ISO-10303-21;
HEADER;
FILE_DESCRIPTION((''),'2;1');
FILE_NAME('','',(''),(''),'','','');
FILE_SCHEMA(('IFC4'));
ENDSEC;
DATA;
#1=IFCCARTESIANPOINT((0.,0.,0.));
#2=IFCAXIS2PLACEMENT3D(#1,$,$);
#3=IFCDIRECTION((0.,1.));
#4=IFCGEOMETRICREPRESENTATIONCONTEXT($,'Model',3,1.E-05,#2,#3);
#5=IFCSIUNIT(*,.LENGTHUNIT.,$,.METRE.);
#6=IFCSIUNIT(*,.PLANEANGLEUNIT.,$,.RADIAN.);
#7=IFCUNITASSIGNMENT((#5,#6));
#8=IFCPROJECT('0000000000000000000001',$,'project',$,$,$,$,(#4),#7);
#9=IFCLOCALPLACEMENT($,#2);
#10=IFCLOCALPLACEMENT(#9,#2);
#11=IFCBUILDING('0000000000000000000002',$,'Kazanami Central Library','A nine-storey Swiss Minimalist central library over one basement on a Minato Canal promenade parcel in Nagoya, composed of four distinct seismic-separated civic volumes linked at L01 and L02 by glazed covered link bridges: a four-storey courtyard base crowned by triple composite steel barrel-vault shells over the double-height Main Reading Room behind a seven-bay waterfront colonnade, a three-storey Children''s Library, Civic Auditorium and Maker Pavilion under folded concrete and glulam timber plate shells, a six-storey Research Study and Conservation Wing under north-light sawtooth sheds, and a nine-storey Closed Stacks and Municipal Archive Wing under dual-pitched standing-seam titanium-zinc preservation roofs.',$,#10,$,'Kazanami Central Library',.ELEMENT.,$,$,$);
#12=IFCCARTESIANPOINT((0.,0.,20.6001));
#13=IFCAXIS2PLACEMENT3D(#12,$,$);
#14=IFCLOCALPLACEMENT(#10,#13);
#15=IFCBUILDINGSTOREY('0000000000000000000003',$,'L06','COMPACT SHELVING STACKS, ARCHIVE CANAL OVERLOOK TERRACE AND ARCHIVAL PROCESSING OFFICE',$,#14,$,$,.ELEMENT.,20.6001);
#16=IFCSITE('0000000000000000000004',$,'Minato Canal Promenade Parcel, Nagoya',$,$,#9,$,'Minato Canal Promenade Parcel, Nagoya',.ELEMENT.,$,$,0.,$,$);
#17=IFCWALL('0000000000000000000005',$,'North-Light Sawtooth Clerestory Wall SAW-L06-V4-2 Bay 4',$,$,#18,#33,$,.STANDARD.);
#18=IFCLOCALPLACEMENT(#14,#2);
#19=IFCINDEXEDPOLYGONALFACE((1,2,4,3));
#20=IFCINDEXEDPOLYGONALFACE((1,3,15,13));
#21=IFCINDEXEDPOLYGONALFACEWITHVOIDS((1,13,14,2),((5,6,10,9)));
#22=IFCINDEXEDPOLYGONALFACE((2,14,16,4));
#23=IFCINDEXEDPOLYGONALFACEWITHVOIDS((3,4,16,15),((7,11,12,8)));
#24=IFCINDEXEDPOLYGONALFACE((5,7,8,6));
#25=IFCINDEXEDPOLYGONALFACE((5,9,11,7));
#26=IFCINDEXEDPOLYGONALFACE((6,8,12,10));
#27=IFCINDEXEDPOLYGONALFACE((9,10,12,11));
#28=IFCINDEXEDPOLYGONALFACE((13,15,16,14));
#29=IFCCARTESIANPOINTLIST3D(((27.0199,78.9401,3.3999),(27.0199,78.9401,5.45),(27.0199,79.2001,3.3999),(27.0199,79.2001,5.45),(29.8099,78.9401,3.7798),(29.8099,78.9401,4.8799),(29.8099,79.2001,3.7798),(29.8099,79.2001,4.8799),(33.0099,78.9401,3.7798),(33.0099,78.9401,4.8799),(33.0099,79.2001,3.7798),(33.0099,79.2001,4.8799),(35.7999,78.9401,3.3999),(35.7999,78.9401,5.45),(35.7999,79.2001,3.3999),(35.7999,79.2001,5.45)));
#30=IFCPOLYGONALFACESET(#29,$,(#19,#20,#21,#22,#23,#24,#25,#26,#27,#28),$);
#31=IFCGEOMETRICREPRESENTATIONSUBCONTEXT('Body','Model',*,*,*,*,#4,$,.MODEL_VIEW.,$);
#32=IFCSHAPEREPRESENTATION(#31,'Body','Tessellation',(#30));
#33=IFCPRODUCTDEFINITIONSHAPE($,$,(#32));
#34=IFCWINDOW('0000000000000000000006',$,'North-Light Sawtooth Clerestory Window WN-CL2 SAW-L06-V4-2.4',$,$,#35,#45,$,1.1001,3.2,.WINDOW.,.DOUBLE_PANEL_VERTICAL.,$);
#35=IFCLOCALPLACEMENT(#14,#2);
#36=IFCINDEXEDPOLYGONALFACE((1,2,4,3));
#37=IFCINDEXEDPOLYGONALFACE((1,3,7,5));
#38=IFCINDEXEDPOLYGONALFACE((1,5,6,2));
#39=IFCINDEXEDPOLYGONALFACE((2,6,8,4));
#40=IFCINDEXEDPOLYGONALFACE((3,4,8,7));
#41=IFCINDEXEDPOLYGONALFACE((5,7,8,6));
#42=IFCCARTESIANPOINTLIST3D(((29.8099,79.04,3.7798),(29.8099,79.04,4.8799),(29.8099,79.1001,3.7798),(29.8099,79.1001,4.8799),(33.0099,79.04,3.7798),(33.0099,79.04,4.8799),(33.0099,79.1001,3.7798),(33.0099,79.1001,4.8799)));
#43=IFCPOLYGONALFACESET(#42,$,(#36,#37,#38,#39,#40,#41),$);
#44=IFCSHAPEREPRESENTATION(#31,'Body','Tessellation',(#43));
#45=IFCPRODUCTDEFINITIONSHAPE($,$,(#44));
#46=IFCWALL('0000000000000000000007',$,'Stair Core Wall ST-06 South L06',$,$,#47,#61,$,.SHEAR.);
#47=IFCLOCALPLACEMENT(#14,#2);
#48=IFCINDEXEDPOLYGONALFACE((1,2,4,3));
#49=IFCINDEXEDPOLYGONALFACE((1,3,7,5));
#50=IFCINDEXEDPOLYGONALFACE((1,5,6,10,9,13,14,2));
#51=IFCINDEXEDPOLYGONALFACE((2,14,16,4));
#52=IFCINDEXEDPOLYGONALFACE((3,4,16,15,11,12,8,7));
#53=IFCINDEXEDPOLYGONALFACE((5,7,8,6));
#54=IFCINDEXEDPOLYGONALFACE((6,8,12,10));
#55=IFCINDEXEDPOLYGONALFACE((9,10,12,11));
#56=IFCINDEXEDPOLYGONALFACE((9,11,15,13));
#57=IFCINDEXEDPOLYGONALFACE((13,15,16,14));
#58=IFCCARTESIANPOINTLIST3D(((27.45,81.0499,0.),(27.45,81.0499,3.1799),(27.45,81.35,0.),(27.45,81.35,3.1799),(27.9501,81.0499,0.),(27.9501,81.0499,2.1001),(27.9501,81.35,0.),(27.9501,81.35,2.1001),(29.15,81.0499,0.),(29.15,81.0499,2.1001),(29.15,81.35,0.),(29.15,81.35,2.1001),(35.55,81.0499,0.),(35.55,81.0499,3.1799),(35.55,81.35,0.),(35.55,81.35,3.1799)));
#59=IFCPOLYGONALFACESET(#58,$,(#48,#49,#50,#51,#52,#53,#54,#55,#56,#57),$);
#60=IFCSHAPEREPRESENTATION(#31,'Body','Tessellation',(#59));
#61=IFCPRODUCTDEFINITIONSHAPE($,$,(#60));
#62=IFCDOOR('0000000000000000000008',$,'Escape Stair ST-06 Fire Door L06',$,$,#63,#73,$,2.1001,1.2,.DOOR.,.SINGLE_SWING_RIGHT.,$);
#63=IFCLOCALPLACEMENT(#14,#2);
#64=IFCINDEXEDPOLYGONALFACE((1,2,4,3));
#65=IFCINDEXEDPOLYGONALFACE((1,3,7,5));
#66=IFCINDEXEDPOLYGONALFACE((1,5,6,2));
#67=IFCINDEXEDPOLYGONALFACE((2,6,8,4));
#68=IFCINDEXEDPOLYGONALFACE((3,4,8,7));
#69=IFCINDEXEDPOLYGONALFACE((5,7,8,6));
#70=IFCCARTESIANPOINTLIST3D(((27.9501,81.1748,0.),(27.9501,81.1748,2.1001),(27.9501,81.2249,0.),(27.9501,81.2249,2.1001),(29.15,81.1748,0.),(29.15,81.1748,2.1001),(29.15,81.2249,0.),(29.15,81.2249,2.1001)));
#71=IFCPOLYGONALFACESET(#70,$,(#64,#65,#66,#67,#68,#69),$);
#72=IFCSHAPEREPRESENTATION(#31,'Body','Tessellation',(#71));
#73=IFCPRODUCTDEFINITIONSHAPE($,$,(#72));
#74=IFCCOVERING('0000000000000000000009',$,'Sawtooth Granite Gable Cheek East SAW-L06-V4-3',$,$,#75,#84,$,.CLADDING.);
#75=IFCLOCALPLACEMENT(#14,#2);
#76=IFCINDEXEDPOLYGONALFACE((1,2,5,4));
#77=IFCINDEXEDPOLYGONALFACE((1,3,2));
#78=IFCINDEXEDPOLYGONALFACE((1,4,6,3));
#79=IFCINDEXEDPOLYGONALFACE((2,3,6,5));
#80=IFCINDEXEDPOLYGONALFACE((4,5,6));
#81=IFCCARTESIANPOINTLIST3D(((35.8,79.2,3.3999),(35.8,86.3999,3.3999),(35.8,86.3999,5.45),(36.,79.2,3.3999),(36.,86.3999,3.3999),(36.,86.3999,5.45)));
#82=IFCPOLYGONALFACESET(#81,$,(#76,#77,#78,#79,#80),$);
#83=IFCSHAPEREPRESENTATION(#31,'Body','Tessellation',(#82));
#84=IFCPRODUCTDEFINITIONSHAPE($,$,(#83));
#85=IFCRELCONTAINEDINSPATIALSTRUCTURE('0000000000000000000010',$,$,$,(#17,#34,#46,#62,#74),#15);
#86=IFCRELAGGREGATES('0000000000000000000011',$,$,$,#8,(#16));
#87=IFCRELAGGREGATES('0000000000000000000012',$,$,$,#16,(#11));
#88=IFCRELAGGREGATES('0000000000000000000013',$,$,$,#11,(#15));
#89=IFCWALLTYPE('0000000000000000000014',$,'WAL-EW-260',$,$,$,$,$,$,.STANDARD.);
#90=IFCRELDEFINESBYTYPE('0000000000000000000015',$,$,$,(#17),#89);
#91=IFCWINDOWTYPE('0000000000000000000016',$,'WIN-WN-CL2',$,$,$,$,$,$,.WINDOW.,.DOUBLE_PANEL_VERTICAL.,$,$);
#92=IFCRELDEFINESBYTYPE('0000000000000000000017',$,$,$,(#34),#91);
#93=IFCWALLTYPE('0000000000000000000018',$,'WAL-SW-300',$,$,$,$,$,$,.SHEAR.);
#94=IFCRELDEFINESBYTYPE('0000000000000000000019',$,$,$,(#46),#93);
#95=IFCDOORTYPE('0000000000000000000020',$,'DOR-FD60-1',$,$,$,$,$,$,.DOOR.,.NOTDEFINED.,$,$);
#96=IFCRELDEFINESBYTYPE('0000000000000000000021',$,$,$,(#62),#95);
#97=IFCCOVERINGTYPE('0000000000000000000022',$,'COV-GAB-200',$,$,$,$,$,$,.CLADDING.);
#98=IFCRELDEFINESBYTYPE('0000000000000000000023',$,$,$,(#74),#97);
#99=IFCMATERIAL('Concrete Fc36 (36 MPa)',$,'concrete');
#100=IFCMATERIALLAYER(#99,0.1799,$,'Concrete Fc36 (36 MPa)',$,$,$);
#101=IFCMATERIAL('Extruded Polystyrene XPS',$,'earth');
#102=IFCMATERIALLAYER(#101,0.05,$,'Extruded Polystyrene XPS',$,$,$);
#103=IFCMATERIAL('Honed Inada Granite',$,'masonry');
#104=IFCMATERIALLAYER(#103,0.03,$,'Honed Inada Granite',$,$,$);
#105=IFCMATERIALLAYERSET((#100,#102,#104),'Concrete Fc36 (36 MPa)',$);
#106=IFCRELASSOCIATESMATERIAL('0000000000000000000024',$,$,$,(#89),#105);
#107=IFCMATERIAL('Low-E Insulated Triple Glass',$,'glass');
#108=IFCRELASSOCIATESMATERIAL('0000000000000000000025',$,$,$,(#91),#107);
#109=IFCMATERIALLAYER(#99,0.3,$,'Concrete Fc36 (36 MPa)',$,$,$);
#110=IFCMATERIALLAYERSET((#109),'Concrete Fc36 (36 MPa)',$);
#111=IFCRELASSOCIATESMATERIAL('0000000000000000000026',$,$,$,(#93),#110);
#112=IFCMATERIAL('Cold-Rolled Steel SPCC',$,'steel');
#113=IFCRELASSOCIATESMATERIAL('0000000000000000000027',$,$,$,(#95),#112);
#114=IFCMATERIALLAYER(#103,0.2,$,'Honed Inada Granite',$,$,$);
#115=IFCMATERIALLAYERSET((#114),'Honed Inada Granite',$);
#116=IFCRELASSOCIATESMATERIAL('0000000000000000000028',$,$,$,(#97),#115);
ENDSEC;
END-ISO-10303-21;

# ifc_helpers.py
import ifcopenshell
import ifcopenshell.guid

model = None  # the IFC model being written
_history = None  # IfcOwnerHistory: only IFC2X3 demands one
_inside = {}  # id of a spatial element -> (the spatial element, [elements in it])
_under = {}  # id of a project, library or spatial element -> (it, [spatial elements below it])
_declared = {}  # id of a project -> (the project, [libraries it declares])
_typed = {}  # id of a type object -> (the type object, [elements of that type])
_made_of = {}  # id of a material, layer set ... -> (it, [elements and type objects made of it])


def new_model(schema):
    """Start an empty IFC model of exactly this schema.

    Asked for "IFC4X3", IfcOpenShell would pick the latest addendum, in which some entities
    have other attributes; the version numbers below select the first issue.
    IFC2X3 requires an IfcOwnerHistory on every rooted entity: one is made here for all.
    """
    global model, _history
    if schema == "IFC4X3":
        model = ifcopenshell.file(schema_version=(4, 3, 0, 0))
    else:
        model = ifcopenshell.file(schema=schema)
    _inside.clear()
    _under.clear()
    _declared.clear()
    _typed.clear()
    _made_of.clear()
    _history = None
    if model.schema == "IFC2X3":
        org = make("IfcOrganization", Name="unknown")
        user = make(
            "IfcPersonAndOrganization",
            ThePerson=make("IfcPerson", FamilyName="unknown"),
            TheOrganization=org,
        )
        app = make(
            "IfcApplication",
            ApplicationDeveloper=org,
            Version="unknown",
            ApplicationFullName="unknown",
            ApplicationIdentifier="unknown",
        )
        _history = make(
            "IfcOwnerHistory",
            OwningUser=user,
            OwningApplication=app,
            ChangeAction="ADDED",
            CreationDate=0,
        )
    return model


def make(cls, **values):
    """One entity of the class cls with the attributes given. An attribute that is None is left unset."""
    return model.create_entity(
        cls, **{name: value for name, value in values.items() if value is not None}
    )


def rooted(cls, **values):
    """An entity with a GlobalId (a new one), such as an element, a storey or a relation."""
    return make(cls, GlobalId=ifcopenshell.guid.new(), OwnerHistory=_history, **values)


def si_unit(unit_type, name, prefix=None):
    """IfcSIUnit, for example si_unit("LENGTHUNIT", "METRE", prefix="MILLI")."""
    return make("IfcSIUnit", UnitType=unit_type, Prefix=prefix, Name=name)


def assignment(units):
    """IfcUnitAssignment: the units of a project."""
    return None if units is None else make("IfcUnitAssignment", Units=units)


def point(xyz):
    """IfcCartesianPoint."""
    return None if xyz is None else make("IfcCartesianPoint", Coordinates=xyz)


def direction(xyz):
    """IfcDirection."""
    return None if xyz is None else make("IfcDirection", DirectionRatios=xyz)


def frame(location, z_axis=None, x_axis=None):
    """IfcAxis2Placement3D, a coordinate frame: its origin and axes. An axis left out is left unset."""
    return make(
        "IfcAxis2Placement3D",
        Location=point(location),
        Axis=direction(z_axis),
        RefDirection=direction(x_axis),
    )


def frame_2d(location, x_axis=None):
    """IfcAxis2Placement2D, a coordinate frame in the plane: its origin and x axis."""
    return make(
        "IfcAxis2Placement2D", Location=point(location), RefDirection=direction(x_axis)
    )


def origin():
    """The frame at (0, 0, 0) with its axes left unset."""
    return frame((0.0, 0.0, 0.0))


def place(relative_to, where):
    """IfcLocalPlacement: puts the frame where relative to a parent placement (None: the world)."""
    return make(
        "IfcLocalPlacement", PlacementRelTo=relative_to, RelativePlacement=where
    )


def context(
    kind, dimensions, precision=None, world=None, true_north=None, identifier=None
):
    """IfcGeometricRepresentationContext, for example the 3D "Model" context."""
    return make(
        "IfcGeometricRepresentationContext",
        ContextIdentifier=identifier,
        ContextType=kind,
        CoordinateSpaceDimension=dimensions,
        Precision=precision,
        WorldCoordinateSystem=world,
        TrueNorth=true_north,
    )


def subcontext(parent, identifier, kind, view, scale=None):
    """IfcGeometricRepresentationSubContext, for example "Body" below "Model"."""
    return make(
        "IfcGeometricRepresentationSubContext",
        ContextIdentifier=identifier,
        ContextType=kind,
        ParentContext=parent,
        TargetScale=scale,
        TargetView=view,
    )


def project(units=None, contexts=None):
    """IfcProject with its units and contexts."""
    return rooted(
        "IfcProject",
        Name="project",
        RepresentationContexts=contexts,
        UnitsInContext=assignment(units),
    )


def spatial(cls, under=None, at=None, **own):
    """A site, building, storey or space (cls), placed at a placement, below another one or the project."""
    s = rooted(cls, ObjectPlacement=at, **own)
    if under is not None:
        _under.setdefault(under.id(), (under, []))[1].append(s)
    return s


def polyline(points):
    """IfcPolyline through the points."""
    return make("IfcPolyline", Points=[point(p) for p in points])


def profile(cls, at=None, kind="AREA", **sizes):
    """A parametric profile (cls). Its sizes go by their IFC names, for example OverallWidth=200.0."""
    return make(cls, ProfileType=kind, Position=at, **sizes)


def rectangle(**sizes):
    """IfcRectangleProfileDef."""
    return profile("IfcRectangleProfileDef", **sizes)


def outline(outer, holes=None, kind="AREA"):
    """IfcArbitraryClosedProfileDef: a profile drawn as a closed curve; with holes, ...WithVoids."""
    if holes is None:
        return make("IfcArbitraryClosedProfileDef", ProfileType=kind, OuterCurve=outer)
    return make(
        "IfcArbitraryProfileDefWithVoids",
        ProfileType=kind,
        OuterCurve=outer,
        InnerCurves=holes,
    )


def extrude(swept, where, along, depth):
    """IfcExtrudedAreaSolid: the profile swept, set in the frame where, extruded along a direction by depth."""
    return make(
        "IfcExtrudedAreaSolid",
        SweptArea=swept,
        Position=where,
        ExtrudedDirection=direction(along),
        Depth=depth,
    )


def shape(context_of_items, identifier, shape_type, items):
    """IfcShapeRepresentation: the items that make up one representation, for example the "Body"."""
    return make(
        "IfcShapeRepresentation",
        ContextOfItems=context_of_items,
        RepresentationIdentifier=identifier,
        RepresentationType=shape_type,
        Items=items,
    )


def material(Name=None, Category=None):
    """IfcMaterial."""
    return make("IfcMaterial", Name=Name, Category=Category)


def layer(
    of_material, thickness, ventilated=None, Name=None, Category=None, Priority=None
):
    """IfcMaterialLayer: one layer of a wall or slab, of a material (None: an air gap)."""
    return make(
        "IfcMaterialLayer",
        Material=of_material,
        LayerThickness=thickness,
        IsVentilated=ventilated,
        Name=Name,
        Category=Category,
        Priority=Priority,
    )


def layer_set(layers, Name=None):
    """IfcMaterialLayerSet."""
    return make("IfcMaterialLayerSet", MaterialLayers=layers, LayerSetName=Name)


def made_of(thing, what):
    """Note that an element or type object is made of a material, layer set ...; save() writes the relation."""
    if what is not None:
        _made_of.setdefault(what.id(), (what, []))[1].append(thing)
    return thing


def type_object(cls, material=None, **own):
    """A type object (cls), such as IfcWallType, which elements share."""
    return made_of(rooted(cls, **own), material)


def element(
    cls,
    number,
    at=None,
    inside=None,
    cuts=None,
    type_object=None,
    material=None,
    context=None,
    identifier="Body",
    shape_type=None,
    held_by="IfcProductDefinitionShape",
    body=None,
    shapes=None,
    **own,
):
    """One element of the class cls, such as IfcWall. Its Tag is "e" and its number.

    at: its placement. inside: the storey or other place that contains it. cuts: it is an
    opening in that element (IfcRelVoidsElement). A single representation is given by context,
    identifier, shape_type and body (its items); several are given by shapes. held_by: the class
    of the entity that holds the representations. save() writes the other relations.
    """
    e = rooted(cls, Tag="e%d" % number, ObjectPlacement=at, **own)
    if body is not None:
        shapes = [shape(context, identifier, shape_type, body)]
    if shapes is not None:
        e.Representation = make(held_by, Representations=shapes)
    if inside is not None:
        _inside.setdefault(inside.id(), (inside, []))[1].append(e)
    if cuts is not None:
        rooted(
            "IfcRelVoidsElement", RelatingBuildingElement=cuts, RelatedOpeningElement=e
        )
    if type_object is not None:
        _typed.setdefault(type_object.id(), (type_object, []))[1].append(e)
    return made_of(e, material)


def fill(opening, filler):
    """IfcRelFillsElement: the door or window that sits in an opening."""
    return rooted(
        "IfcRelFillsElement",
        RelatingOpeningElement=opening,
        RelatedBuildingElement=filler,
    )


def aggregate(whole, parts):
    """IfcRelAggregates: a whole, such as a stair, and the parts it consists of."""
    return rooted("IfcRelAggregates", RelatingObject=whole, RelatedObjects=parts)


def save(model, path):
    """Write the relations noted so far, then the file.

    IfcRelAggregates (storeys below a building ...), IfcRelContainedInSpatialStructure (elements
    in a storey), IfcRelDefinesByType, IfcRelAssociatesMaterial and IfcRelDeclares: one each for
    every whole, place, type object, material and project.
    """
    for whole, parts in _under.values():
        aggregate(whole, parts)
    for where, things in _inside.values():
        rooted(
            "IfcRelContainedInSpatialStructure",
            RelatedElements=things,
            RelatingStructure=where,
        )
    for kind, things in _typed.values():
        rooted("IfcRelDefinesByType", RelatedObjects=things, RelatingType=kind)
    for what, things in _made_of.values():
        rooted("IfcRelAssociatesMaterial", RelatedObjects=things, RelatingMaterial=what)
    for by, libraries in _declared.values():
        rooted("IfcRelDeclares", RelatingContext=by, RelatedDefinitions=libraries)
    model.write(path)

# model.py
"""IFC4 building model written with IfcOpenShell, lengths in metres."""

from ifc_helpers import new_model, si_unit, direction, frame, frame_2d, origin, place, context, subcontext, project, spatial, polyline, rectangle, outline, extrude, material, layer, layer_set, type_object, element, fill, save


model = new_model("IFC4")

# Units and contexts
model_context = context("Model", 3, precision=1e-05, world=origin(), true_north=direction((0.0, 1.0)))
body_context = subcontext(model_context, "Body", "Model", "MODEL_VIEW")
ifc_project = project(units=[si_unit("LENGTHUNIT", "METRE"), si_unit("PLANEANGLEUNIT", "RADIAN")], contexts=[model_context])

# Site, building, storey
site_placement = place(None, origin())
site = spatial("IfcSite", under=ifc_project, at=site_placement, Name="Minato Canal Promenade Parcel, Nagoya", LongName="Minato Canal Promenade Parcel, Nagoya", CompositionType="ELEMENT", RefElevation=0.0)
building_placement = place(site_placement, origin())
building = spatial("IfcBuilding", under=site, at=building_placement, Name="Kazanami Central Library", Description="A nine-storey Swiss Minimalist central library over one basement on a Minato Canal promenade parcel in Nagoya, composed of four distinct seismic-separated civic volumes linked at L01 and L02 by glazed covered link bridges: a four-storey courtyard base crowned by triple composite steel barrel-vault shells over the double-height Main Reading Room behind a seven-bay waterfront colonnade, a three-storey Children's Library, Civic Auditorium and Maker Pavilion under folded concrete and glulam timber plate shells, a six-storey Research Study and Conservation Wing under north-light sawtooth sheds, and a nine-storey Closed Stacks and Municipal Archive Wing under dual-pitched standing-seam titanium-zinc preservation roofs.", LongName="Kazanami Central Library", CompositionType="ELEMENT")
storey_placement = place(building_placement, frame((0.0, 0.0, 20.6001)))
storey = spatial("IfcBuildingStorey", under=building, at=storey_placement, Name="L06", Description="COMPACT SHELVING STACKS, ARCHIVE CANAL OVERLOOK TERRACE AND ARCHIVAL PROCESSING OFFICE", CompositionType="ELEMENT", Elevation=20.6001)

# Shared definitions
ifc_material_1 = material(Name="Low-E Insulated Triple Glass", Category="glass")

# Wall, opening, window
ifc_material_2 = material(Name="Concrete Fc36 (36 MPa)", Category="concrete")
ifc_layer_1 = layer(ifc_material_2, 0.1799, Name="Concrete Fc36 (36 MPa)")
ifc_material_3 = material(Name="Extruded Polystyrene XPS", Category="earth")
ifc_layer_2 = layer(ifc_material_3, 0.05, Name="Extruded Polystyrene XPS")
ifc_material_4 = material(Name="Honed Inada Granite", Category="masonry")
ifc_layer_3 = layer(ifc_material_4, 0.03, Name="Honed Inada Granite")
ifc_layer_set_1 = layer_set([ifc_layer_1, ifc_layer_2, ifc_layer_3], Name="Concrete Fc36 (36 MPa)")
wall_type_1 = type_object("IfcWallType", Name="WAL-EW-260", PredefinedType="STANDARD", material=ifc_layer_set_1)
wall_1_placement = place(storey_placement, frame((35.8, 79.0701, 3.3999), z_axis=(0.0, 0.0, 1.0), x_axis=(-1.0, 0.0, 0.0)))
wall_1 = element("IfcWall", 1, at=wall_1_placement, inside=storey, type_object=wall_type_1, Name="North-Light Sawtooth Clerestory Wall SAW-L06-V4-2 Bay 4", PredefinedType="STANDARD", context=body_context, shape_type="SweptSolid", body=[
    extrude(rectangle(XDim=8.78, YDim=0.26, at=frame_2d((4.3901, 0.0))), origin(), (0.0, 0.0, 1.0), 2.05),
])
opening_1_placement = place(wall_1_placement, frame((2.79, 0.0, 0.3799)))
opening_1 = element("IfcOpeningElement", 2, at=opening_1_placement, cuts=wall_1, PredefinedType="OPENING", context=body_context, shape_type="SweptSolid", body=[
    extrude(rectangle(XDim=3.2, YDim=1.1001, at=frame_2d((1.6001, 0.55))), frame((0.0, 0.1421, 0.0), z_axis=(0.0, -1.0, 0.0), x_axis=(1.0, 0.0, 0.0)), (0.0, 0.0, 1.0), 0.2839),
])
window_type = type_object("IfcWindowType", Name="WIN-WN-CL2", PartitioningType="DOUBLE_PANEL_VERTICAL", PredefinedType="WINDOW", material=ifc_material_1)
window_placement = place(opening_1_placement, origin())
window = element("IfcWindow", 3, at=window_placement, inside=storey, type_object=window_type, Name="North-Light Sawtooth Clerestory Window WN-CL2 SAW-L06-V4-2.4", OverallHeight=1.1001, OverallWidth=3.2, PartitioningType="DOUBLE_PANEL_VERTICAL", PredefinedType="WINDOW", context=body_context, shape_type="SweptSolid", body=[
    extrude(rectangle(XDim=3.2, YDim=1.1001, at=frame_2d((1.6001, 0.55))), frame((0.0, 0.03, 0.0), z_axis=(0.0, -1.0, 0.0), x_axis=(1.0, 0.0, 0.0)), (0.0, 0.0, 1.0), 0.0601),
])
fill(opening_1, window)

# Wall, opening, door
ifc_layer_4 = layer(ifc_material_2, 0.3, Name="Concrete Fc36 (36 MPa)")
ifc_layer_set_2 = layer_set([ifc_layer_4], Name="Concrete Fc36 (36 MPa)")
wall_type_2 = type_object("IfcWallType", Name="WAL-SW-300", PredefinedType="SHEAR", material=ifc_layer_set_2)
wall_2_placement = place(storey_placement, frame((27.45, 81.2, 0.0), z_axis=(0.0, 0.0, 1.0), x_axis=(1.0, 0.0, 0.0)))
wall_2 = element("IfcWall", 4, at=wall_2_placement, inside=storey, type_object=wall_type_2, Name="Stair Core Wall ST-06 South L06", PredefinedType="SHEAR", context=body_context, shape_type="SweptSolid", body=[
    extrude(rectangle(XDim=8.1001, YDim=0.3, at=frame_2d((4.05, 0.0))), origin(), (0.0, 0.0, 1.0), 3.1799),
])
opening_2_placement = place(wall_2_placement, frame((0.5, 0.0, 0.0)))
opening_2 = element("IfcOpeningElement", 5, at=opening_2_placement, cuts=wall_2, PredefinedType="OPENING", context=body_context, shape_type="SweptSolid", body=[
    extrude(rectangle(XDim=1.2, YDim=2.1001, at=frame_2d((0.6001, 1.05))), frame((0.0, 0.1621, 0.0), z_axis=(0.0, -1.0, 0.0), x_axis=(1.0, 0.0, 0.0)), (0.0, 0.0, 1.0), 0.324),
])
ifc_material_5 = material(Name="Cold-Rolled Steel SPCC", Category="steel")
door_type = type_object("IfcDoorType", Name="DOR-FD60-1", OperationType="NOTDEFINED", PredefinedType="DOOR", material=ifc_material_5)
door_placement = place(opening_2_placement, origin())
door = element("IfcDoor", 6, at=door_placement, inside=storey, type_object=door_type, Name="Escape Stair ST-06 Fire Door L06", OperationType="SINGLE_SWING_RIGHT", OverallHeight=2.1001, OverallWidth=1.2, PredefinedType="DOOR", context=body_context, shape_type="SweptSolid", body=[
    extrude(rectangle(XDim=1.2, YDim=2.1001, at=frame_2d((0.6001, 1.05))), frame((0.0, 0.0249, 0.0), z_axis=(0.0, -1.0, 0.0), x_axis=(1.0, 0.0, 0.0)), (0.0, 0.0, 1.0), 0.05),
])
fill(opening_2, door)

# Covering
ifc_layer_5 = layer(ifc_material_4, 0.2, Name="Honed Inada Granite")
ifc_layer_set_3 = layer_set([ifc_layer_5], Name="Honed Inada Granite")
covering_type = type_object("IfcCoveringType", Name="COV-GAB-200", PredefinedType="CLADDING", material=ifc_layer_set_3)
covering_placement = place(storey_placement, frame((36.0, 79.2, 3.3999), z_axis=(1.0, 0.0, 0.0), x_axis=(0.0, 1.0, 0.0)))
element("IfcCovering", 7, at=covering_placement, inside=storey, type_object=covering_type, Name="Sawtooth Granite Gable Cheek East SAW-L06-V4-3", PredefinedType="CLADDING", context=body_context, shape_type="SweptSolid", body=[
    extrude(outline(polyline([(0.0, 0.0), (7.2, 0.0), (7.2, 2.05), (0.0, 0.0)])), origin(), (0.0, 0.0, -1.0), 0.2),
])

save(model, "model.ifc")
